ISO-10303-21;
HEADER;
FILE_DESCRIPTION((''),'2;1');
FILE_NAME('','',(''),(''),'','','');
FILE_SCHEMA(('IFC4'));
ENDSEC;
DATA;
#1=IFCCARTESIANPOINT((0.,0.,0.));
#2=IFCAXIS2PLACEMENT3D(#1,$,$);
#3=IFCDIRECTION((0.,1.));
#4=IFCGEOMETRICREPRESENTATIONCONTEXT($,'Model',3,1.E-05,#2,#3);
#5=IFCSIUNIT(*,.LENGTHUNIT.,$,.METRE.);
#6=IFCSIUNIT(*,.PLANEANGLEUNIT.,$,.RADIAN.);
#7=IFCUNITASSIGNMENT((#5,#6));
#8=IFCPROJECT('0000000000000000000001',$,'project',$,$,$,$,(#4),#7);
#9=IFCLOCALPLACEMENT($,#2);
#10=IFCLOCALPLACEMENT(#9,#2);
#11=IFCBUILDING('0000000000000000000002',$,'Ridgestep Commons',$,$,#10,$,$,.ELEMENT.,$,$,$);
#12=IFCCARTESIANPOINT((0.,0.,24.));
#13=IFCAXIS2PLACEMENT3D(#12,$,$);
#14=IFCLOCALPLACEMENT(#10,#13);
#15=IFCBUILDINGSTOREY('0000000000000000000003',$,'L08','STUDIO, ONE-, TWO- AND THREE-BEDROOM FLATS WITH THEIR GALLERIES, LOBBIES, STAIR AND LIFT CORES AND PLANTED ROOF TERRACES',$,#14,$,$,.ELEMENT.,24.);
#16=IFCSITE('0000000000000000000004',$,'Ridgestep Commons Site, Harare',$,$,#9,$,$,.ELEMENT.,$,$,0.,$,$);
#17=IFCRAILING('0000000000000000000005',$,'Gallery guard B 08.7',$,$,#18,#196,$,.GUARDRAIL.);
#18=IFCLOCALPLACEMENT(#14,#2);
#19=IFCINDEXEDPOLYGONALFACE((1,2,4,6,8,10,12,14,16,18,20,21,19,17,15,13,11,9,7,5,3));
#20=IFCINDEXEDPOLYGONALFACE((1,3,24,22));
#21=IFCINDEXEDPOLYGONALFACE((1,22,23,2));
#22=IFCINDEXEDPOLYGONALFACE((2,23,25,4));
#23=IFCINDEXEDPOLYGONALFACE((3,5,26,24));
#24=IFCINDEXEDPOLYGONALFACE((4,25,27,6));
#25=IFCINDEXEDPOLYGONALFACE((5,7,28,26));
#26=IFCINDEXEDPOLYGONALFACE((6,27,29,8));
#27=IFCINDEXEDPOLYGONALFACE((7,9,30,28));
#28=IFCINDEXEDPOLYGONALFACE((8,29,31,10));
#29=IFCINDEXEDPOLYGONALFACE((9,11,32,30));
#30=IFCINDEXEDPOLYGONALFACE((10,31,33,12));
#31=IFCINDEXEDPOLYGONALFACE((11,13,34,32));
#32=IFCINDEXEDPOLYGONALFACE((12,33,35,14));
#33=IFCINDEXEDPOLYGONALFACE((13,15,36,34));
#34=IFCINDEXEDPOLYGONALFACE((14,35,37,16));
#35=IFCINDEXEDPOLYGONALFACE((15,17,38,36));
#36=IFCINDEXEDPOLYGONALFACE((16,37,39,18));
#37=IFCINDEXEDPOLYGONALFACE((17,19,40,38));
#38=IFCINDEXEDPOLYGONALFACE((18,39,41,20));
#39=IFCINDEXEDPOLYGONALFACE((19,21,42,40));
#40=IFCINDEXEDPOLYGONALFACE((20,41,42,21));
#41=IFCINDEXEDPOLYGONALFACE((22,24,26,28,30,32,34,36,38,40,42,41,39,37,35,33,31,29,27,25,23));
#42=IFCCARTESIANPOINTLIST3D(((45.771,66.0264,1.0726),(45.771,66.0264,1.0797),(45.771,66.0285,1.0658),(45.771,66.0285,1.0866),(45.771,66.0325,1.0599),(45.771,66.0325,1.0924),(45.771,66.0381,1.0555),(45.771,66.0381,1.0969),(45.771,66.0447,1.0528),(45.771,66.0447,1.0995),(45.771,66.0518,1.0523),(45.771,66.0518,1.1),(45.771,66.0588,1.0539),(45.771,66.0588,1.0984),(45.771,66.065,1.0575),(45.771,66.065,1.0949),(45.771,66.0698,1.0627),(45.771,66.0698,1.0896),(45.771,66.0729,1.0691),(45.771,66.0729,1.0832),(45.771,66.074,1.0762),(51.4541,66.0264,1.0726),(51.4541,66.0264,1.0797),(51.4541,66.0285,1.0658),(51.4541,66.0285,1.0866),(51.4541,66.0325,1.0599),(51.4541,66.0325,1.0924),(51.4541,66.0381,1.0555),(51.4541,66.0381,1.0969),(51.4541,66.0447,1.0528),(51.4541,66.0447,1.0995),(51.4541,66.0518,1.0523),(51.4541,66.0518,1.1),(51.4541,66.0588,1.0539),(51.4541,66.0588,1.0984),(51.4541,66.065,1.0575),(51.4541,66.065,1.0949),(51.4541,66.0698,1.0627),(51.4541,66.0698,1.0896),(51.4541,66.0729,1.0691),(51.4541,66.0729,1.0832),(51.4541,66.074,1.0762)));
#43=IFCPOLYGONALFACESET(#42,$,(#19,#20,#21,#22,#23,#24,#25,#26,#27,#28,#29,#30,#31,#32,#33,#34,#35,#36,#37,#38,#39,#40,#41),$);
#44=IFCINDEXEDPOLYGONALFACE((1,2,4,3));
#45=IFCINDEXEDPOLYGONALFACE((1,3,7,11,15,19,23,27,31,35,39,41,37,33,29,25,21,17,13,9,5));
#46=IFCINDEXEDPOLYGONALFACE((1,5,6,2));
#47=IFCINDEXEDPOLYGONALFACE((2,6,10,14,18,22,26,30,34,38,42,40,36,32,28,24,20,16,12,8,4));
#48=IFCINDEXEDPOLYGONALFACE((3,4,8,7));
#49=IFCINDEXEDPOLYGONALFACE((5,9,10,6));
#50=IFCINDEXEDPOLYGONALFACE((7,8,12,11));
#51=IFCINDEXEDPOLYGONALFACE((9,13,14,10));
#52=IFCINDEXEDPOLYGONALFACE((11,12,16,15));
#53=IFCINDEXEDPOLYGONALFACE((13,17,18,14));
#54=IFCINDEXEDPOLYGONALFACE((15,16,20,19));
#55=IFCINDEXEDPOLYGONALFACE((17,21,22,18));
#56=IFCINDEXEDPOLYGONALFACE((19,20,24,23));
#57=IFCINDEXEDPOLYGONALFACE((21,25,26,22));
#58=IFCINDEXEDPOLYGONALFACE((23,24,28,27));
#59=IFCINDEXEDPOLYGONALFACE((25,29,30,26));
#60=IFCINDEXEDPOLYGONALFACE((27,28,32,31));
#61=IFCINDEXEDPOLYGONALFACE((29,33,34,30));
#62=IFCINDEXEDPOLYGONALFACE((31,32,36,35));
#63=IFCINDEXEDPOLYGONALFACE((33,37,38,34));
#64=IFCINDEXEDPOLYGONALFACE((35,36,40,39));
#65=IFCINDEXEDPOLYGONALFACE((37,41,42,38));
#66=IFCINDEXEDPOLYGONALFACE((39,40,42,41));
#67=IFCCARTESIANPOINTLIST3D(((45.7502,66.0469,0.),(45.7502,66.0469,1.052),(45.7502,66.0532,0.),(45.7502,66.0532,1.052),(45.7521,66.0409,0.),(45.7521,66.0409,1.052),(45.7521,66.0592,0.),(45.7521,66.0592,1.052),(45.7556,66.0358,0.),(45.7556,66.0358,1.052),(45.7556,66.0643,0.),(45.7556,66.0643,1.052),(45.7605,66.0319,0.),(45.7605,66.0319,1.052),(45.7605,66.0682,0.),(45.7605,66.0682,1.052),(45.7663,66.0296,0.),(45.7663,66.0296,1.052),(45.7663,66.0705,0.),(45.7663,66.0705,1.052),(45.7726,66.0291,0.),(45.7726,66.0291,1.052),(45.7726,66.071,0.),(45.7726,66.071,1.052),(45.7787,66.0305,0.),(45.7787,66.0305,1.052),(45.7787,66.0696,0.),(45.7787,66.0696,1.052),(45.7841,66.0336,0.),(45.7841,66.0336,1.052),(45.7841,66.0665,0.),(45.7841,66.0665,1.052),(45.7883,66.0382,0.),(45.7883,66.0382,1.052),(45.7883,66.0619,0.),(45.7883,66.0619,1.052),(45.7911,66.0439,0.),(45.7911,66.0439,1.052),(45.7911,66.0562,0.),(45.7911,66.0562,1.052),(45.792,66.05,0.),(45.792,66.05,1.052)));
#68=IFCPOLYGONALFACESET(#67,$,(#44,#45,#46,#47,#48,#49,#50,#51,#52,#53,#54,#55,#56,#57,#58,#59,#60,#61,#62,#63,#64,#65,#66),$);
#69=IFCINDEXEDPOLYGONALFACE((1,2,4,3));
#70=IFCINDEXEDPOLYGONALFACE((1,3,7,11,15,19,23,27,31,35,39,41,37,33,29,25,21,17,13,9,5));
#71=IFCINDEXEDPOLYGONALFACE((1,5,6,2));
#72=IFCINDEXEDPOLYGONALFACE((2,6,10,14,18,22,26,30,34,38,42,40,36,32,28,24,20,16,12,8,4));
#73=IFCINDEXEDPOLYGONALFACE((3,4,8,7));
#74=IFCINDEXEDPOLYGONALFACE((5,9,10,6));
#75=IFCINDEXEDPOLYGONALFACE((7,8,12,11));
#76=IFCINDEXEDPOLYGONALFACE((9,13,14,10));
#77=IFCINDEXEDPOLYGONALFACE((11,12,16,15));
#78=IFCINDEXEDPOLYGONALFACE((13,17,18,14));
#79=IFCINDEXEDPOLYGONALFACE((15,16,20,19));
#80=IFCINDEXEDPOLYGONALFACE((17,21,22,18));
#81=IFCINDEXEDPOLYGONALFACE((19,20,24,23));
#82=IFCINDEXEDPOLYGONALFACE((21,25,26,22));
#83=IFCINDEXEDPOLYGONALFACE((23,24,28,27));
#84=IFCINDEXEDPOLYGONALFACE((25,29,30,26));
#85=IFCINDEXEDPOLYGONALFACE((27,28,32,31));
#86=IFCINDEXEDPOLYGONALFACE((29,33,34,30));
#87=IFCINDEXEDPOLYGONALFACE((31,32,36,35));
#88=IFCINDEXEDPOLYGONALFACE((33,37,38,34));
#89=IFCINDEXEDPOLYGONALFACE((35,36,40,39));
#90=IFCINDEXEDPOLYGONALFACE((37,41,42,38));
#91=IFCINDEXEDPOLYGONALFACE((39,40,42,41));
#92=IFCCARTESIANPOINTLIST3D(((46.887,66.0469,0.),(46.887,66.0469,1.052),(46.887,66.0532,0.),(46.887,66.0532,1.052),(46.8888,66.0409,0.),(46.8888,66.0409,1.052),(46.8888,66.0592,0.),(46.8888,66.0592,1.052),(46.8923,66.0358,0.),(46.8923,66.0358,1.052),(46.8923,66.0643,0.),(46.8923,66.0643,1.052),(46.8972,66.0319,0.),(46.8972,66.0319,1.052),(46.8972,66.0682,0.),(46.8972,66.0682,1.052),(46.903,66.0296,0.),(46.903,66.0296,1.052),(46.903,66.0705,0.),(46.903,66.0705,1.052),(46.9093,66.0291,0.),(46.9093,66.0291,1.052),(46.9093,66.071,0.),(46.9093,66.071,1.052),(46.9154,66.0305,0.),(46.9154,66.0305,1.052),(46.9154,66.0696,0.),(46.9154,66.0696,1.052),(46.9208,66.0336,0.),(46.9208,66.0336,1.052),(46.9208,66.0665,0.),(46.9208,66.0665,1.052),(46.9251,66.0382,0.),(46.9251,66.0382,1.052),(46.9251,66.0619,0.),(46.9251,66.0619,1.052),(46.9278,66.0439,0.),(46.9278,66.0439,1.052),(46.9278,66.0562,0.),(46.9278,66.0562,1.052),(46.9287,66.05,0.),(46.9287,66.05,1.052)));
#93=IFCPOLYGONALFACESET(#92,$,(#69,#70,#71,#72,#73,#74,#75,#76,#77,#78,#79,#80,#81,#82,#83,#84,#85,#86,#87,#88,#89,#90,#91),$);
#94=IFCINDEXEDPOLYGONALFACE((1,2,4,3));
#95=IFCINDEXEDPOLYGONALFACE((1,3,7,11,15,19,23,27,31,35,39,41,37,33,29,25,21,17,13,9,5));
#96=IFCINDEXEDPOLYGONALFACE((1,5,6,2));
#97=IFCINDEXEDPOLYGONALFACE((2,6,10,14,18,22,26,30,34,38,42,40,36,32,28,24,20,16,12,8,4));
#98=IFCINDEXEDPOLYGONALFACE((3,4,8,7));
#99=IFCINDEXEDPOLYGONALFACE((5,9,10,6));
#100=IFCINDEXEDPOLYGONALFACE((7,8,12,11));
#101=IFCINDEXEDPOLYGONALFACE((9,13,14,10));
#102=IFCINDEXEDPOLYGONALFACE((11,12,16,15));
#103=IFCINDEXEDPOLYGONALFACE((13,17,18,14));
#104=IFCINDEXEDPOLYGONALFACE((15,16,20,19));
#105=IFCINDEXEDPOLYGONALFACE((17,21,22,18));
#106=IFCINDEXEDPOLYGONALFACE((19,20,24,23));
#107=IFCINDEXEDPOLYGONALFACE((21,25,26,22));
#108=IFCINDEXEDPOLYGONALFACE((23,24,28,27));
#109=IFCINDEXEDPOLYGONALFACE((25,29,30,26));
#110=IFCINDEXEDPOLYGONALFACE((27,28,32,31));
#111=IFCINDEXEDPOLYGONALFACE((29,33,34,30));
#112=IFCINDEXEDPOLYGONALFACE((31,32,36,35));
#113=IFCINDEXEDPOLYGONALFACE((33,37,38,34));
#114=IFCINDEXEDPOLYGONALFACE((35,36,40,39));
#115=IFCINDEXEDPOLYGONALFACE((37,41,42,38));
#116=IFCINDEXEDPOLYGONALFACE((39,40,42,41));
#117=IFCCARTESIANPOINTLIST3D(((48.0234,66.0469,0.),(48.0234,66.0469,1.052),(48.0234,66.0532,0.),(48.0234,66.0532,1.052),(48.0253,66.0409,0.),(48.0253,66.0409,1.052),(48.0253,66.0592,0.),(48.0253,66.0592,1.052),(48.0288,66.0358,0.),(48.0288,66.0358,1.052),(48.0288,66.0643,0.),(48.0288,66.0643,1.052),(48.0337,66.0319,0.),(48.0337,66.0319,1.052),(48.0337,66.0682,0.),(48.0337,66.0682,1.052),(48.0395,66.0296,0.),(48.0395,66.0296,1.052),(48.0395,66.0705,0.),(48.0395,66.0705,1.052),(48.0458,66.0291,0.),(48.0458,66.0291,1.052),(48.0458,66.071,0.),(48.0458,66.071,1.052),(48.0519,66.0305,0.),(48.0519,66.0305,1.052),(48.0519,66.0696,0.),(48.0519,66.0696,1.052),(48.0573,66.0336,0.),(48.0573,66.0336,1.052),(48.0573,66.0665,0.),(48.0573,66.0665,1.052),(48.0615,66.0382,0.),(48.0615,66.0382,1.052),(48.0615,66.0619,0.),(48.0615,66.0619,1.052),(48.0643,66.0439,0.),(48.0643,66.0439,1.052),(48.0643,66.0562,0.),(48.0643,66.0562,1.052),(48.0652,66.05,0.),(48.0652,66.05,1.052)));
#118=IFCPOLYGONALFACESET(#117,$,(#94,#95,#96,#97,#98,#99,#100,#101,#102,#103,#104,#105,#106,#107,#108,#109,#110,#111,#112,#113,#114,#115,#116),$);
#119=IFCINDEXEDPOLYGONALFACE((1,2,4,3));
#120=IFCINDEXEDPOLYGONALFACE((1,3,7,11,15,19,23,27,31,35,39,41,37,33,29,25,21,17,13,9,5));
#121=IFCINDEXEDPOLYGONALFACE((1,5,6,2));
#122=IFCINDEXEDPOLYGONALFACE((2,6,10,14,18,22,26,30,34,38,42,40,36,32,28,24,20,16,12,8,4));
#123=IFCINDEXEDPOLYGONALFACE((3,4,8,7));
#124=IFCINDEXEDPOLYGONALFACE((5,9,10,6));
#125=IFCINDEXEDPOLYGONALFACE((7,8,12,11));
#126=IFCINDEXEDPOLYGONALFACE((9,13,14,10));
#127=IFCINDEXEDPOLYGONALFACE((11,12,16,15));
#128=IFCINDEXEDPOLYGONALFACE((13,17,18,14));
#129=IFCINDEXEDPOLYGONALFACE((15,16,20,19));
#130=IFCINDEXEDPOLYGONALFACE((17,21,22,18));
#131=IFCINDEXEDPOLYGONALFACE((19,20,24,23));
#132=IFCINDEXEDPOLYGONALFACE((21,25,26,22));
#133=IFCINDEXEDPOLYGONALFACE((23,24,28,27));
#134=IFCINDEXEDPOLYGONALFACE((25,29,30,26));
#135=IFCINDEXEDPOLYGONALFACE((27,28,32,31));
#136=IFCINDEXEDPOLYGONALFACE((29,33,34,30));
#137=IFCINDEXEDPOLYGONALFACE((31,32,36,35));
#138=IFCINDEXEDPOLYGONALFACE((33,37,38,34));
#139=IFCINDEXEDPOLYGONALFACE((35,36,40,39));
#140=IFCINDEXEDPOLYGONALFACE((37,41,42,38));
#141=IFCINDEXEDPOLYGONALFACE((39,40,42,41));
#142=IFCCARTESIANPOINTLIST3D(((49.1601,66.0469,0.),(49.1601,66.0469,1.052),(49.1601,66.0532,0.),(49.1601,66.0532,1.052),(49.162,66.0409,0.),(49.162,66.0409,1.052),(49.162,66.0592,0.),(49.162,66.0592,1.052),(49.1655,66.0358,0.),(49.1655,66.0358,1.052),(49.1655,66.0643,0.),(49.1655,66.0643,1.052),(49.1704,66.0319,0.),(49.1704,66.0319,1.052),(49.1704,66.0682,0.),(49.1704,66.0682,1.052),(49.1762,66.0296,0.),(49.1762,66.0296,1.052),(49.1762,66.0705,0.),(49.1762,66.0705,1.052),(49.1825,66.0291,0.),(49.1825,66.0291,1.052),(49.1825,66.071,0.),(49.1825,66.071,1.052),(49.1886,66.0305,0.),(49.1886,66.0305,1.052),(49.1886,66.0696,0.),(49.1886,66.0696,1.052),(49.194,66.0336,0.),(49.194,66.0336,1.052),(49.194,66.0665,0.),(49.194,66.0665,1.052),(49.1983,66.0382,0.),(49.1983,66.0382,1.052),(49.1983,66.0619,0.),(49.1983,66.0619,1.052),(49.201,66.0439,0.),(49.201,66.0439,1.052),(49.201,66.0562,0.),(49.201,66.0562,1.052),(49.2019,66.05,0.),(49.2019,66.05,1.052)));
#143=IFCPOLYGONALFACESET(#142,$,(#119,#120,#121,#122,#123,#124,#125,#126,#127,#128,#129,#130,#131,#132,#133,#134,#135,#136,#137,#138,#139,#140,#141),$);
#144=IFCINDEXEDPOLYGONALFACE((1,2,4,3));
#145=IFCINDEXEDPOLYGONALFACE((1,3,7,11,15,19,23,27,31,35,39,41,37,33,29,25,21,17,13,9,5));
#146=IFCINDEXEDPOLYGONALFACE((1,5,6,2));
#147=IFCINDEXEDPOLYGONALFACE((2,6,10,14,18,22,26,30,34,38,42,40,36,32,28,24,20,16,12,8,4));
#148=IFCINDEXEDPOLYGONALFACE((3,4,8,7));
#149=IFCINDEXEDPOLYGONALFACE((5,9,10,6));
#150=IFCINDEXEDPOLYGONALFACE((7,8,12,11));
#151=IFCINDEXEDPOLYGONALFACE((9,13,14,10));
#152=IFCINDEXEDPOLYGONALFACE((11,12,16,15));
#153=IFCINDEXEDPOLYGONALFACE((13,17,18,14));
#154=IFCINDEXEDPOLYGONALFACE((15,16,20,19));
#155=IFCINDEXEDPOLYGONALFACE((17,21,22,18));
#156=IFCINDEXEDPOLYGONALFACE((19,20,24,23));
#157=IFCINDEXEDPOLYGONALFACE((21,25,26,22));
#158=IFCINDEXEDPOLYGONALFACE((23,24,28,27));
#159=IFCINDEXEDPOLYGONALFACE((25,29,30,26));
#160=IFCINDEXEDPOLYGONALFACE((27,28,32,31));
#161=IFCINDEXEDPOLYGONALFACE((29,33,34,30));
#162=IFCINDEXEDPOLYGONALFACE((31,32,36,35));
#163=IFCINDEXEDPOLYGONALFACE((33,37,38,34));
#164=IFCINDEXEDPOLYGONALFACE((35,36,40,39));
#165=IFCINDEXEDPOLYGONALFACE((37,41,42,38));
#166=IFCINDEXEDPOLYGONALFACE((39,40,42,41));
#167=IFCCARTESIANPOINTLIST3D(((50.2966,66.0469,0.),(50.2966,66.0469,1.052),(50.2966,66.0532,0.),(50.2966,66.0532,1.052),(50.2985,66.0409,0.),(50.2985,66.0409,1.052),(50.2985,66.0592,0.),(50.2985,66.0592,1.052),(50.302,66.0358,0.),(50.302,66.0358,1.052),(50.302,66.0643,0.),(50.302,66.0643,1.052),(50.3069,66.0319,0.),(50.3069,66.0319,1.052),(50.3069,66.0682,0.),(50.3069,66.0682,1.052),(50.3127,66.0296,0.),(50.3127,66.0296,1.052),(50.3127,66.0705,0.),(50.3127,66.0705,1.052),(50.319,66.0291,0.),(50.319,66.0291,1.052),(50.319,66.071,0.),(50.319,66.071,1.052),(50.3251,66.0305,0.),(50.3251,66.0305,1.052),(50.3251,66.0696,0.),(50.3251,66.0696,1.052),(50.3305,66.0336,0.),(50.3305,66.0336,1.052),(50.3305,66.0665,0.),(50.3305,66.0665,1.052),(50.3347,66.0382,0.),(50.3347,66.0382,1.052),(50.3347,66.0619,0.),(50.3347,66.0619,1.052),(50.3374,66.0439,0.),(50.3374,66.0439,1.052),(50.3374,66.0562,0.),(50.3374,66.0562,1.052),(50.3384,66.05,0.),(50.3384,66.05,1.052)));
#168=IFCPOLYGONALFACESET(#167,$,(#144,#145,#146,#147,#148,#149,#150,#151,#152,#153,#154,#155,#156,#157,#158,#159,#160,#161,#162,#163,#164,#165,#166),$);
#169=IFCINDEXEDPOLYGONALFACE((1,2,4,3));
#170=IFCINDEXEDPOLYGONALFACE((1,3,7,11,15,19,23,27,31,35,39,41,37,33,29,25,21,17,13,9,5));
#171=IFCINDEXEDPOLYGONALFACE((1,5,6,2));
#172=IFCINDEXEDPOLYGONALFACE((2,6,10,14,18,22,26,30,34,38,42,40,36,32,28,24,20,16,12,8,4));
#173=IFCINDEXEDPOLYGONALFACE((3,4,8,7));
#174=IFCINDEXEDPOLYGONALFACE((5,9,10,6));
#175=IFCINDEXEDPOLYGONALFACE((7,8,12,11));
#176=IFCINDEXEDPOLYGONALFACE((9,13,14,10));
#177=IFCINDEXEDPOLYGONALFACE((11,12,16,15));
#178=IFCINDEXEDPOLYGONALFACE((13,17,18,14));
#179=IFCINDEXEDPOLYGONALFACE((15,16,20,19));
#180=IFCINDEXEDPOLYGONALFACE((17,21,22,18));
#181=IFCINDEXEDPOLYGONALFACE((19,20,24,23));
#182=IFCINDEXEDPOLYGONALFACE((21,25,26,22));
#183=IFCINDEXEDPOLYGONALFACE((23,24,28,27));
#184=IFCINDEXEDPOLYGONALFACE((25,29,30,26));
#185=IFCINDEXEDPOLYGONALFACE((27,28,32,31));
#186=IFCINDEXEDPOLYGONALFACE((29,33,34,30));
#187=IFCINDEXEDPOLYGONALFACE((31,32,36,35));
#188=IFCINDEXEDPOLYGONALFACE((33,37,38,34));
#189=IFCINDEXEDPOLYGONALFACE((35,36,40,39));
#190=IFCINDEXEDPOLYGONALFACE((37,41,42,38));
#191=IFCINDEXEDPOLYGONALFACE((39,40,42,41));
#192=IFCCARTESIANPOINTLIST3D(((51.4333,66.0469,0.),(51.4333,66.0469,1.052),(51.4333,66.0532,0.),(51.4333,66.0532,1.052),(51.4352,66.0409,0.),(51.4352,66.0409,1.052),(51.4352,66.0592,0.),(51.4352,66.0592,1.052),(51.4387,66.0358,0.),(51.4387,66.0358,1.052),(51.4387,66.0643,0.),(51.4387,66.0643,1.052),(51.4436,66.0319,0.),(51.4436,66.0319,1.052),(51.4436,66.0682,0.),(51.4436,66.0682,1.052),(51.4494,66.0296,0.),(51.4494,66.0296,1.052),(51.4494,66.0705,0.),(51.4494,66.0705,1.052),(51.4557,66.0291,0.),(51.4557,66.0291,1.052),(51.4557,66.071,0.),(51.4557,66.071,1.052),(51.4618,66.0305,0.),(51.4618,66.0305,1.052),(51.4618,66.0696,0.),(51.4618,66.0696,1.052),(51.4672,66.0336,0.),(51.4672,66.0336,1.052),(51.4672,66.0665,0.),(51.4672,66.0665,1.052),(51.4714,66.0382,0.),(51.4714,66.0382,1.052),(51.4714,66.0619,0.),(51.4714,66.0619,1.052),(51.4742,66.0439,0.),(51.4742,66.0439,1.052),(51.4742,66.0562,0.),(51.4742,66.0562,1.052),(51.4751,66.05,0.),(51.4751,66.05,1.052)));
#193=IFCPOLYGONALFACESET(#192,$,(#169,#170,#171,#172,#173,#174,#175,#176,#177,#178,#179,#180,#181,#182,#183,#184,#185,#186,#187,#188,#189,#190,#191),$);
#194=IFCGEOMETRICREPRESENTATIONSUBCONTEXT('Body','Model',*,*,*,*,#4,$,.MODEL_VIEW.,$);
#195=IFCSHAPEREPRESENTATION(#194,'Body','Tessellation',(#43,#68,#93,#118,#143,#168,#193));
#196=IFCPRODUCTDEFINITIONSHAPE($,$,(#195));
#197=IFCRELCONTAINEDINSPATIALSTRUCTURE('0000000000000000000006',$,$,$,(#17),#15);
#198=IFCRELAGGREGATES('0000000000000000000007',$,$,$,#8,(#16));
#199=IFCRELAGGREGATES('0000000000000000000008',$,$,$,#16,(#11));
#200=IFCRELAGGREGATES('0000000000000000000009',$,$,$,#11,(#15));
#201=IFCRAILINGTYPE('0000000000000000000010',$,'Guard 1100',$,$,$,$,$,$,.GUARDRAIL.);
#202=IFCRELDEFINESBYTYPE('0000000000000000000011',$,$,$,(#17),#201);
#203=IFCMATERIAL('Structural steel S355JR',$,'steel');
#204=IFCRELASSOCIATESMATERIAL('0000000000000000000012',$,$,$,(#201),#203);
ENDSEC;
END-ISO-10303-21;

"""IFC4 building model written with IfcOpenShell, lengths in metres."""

from ifc_helpers import new_model, si_unit, direction, frame, origin, origin_2d, place, context, subcontext, project, spatial, circle, extrude, material, type_object, element, save


model = new_model("IFC4")

# Units and contexts
model_context = context("Model", 3, precision=1e-05, world=origin(), true_north=direction((0.0, 1.0)))
body_context = subcontext(model_context, "Body", "Model", "MODEL_VIEW")
ifc_project = project(units=[si_unit("LENGTHUNIT", "METRE"), si_unit("PLANEANGLEUNIT", "RADIAN")], contexts=[model_context])

# Site, building, storey
site_placement = place(None, origin())
site = spatial("IfcSite", under=ifc_project, at=site_placement, Name="Ridgestep Commons Site, Harare", CompositionType="ELEMENT", RefElevation=0.0)
building_placement = place(site_placement, origin())
building = spatial("IfcBuilding", under=site, at=building_placement, Name="Ridgestep Commons", CompositionType="ELEMENT")
storey_placement = place(building_placement, frame((0.0, 0.0, 24.0)))
storey = spatial("IfcBuildingStorey", under=building, at=storey_placement, Name="L08", Description="STUDIO, ONE-, TWO- AND THREE-BEDROOM FLATS WITH THEIR GALLERIES, LOBBIES, STAIR AND LIFT CORES AND PLANTED ROOF TERRACES", CompositionType="ELEMENT", Elevation=24.0)

# Railing
ifc_material_1 = material(Name="Structural steel S355JR", Category="steel")
railing_type = type_object("IfcRailingType", Name="Guard 1100", PredefinedType="GUARDRAIL", material=ifc_material_1)
railing_1_placement = place(storey_placement, frame((45.771, 66.05, 0.0)))
element("IfcRailing", 1, at=railing_1_placement, inside=storey, type_object=railing_type, Name="Gallery guard B 08.7", PredefinedType="GUARDRAIL", context=body_context, shape_type="SweptSolid", body=[
    extrude(circle(Radius=0.0239, at=origin_2d()), frame((0.0, 0.0, 1.0762), z_axis=(1.0, 0.0, 0.0), x_axis=(0.0, 1.0, 0.0)), (0.0, 0.0, 1.0), 5.6831),
    extrude(circle(Radius=0.021, at=origin_2d()), origin(), (0.0, 0.0, 1.0), 1.052),
    extrude(circle(Radius=0.021, at=origin_2d()), frame((1.1367, 0.0, 0.0)), (0.0, 0.0, 1.0), 1.052),
    extrude(circle(Radius=0.021, at=origin_2d()), frame((2.2732, 0.0, 0.0)), (0.0, 0.0, 1.0), 1.052),
    extrude(circle(Radius=0.021, at=origin_2d()), frame((3.4099, 0.0, 0.0)), (0.0, 0.0, 1.0), 1.052),
    extrude(circle(Radius=0.021, at=origin_2d()), frame((4.5464, 0.0, 0.0)), (0.0, 0.0, 1.0), 1.052),
    extrude(circle(Radius=0.021, at=origin_2d()), frame((5.6831, 0.0, 0.0)), (0.0, 0.0, 1.0), 1.052),
])

save(model, "model.ifc")
